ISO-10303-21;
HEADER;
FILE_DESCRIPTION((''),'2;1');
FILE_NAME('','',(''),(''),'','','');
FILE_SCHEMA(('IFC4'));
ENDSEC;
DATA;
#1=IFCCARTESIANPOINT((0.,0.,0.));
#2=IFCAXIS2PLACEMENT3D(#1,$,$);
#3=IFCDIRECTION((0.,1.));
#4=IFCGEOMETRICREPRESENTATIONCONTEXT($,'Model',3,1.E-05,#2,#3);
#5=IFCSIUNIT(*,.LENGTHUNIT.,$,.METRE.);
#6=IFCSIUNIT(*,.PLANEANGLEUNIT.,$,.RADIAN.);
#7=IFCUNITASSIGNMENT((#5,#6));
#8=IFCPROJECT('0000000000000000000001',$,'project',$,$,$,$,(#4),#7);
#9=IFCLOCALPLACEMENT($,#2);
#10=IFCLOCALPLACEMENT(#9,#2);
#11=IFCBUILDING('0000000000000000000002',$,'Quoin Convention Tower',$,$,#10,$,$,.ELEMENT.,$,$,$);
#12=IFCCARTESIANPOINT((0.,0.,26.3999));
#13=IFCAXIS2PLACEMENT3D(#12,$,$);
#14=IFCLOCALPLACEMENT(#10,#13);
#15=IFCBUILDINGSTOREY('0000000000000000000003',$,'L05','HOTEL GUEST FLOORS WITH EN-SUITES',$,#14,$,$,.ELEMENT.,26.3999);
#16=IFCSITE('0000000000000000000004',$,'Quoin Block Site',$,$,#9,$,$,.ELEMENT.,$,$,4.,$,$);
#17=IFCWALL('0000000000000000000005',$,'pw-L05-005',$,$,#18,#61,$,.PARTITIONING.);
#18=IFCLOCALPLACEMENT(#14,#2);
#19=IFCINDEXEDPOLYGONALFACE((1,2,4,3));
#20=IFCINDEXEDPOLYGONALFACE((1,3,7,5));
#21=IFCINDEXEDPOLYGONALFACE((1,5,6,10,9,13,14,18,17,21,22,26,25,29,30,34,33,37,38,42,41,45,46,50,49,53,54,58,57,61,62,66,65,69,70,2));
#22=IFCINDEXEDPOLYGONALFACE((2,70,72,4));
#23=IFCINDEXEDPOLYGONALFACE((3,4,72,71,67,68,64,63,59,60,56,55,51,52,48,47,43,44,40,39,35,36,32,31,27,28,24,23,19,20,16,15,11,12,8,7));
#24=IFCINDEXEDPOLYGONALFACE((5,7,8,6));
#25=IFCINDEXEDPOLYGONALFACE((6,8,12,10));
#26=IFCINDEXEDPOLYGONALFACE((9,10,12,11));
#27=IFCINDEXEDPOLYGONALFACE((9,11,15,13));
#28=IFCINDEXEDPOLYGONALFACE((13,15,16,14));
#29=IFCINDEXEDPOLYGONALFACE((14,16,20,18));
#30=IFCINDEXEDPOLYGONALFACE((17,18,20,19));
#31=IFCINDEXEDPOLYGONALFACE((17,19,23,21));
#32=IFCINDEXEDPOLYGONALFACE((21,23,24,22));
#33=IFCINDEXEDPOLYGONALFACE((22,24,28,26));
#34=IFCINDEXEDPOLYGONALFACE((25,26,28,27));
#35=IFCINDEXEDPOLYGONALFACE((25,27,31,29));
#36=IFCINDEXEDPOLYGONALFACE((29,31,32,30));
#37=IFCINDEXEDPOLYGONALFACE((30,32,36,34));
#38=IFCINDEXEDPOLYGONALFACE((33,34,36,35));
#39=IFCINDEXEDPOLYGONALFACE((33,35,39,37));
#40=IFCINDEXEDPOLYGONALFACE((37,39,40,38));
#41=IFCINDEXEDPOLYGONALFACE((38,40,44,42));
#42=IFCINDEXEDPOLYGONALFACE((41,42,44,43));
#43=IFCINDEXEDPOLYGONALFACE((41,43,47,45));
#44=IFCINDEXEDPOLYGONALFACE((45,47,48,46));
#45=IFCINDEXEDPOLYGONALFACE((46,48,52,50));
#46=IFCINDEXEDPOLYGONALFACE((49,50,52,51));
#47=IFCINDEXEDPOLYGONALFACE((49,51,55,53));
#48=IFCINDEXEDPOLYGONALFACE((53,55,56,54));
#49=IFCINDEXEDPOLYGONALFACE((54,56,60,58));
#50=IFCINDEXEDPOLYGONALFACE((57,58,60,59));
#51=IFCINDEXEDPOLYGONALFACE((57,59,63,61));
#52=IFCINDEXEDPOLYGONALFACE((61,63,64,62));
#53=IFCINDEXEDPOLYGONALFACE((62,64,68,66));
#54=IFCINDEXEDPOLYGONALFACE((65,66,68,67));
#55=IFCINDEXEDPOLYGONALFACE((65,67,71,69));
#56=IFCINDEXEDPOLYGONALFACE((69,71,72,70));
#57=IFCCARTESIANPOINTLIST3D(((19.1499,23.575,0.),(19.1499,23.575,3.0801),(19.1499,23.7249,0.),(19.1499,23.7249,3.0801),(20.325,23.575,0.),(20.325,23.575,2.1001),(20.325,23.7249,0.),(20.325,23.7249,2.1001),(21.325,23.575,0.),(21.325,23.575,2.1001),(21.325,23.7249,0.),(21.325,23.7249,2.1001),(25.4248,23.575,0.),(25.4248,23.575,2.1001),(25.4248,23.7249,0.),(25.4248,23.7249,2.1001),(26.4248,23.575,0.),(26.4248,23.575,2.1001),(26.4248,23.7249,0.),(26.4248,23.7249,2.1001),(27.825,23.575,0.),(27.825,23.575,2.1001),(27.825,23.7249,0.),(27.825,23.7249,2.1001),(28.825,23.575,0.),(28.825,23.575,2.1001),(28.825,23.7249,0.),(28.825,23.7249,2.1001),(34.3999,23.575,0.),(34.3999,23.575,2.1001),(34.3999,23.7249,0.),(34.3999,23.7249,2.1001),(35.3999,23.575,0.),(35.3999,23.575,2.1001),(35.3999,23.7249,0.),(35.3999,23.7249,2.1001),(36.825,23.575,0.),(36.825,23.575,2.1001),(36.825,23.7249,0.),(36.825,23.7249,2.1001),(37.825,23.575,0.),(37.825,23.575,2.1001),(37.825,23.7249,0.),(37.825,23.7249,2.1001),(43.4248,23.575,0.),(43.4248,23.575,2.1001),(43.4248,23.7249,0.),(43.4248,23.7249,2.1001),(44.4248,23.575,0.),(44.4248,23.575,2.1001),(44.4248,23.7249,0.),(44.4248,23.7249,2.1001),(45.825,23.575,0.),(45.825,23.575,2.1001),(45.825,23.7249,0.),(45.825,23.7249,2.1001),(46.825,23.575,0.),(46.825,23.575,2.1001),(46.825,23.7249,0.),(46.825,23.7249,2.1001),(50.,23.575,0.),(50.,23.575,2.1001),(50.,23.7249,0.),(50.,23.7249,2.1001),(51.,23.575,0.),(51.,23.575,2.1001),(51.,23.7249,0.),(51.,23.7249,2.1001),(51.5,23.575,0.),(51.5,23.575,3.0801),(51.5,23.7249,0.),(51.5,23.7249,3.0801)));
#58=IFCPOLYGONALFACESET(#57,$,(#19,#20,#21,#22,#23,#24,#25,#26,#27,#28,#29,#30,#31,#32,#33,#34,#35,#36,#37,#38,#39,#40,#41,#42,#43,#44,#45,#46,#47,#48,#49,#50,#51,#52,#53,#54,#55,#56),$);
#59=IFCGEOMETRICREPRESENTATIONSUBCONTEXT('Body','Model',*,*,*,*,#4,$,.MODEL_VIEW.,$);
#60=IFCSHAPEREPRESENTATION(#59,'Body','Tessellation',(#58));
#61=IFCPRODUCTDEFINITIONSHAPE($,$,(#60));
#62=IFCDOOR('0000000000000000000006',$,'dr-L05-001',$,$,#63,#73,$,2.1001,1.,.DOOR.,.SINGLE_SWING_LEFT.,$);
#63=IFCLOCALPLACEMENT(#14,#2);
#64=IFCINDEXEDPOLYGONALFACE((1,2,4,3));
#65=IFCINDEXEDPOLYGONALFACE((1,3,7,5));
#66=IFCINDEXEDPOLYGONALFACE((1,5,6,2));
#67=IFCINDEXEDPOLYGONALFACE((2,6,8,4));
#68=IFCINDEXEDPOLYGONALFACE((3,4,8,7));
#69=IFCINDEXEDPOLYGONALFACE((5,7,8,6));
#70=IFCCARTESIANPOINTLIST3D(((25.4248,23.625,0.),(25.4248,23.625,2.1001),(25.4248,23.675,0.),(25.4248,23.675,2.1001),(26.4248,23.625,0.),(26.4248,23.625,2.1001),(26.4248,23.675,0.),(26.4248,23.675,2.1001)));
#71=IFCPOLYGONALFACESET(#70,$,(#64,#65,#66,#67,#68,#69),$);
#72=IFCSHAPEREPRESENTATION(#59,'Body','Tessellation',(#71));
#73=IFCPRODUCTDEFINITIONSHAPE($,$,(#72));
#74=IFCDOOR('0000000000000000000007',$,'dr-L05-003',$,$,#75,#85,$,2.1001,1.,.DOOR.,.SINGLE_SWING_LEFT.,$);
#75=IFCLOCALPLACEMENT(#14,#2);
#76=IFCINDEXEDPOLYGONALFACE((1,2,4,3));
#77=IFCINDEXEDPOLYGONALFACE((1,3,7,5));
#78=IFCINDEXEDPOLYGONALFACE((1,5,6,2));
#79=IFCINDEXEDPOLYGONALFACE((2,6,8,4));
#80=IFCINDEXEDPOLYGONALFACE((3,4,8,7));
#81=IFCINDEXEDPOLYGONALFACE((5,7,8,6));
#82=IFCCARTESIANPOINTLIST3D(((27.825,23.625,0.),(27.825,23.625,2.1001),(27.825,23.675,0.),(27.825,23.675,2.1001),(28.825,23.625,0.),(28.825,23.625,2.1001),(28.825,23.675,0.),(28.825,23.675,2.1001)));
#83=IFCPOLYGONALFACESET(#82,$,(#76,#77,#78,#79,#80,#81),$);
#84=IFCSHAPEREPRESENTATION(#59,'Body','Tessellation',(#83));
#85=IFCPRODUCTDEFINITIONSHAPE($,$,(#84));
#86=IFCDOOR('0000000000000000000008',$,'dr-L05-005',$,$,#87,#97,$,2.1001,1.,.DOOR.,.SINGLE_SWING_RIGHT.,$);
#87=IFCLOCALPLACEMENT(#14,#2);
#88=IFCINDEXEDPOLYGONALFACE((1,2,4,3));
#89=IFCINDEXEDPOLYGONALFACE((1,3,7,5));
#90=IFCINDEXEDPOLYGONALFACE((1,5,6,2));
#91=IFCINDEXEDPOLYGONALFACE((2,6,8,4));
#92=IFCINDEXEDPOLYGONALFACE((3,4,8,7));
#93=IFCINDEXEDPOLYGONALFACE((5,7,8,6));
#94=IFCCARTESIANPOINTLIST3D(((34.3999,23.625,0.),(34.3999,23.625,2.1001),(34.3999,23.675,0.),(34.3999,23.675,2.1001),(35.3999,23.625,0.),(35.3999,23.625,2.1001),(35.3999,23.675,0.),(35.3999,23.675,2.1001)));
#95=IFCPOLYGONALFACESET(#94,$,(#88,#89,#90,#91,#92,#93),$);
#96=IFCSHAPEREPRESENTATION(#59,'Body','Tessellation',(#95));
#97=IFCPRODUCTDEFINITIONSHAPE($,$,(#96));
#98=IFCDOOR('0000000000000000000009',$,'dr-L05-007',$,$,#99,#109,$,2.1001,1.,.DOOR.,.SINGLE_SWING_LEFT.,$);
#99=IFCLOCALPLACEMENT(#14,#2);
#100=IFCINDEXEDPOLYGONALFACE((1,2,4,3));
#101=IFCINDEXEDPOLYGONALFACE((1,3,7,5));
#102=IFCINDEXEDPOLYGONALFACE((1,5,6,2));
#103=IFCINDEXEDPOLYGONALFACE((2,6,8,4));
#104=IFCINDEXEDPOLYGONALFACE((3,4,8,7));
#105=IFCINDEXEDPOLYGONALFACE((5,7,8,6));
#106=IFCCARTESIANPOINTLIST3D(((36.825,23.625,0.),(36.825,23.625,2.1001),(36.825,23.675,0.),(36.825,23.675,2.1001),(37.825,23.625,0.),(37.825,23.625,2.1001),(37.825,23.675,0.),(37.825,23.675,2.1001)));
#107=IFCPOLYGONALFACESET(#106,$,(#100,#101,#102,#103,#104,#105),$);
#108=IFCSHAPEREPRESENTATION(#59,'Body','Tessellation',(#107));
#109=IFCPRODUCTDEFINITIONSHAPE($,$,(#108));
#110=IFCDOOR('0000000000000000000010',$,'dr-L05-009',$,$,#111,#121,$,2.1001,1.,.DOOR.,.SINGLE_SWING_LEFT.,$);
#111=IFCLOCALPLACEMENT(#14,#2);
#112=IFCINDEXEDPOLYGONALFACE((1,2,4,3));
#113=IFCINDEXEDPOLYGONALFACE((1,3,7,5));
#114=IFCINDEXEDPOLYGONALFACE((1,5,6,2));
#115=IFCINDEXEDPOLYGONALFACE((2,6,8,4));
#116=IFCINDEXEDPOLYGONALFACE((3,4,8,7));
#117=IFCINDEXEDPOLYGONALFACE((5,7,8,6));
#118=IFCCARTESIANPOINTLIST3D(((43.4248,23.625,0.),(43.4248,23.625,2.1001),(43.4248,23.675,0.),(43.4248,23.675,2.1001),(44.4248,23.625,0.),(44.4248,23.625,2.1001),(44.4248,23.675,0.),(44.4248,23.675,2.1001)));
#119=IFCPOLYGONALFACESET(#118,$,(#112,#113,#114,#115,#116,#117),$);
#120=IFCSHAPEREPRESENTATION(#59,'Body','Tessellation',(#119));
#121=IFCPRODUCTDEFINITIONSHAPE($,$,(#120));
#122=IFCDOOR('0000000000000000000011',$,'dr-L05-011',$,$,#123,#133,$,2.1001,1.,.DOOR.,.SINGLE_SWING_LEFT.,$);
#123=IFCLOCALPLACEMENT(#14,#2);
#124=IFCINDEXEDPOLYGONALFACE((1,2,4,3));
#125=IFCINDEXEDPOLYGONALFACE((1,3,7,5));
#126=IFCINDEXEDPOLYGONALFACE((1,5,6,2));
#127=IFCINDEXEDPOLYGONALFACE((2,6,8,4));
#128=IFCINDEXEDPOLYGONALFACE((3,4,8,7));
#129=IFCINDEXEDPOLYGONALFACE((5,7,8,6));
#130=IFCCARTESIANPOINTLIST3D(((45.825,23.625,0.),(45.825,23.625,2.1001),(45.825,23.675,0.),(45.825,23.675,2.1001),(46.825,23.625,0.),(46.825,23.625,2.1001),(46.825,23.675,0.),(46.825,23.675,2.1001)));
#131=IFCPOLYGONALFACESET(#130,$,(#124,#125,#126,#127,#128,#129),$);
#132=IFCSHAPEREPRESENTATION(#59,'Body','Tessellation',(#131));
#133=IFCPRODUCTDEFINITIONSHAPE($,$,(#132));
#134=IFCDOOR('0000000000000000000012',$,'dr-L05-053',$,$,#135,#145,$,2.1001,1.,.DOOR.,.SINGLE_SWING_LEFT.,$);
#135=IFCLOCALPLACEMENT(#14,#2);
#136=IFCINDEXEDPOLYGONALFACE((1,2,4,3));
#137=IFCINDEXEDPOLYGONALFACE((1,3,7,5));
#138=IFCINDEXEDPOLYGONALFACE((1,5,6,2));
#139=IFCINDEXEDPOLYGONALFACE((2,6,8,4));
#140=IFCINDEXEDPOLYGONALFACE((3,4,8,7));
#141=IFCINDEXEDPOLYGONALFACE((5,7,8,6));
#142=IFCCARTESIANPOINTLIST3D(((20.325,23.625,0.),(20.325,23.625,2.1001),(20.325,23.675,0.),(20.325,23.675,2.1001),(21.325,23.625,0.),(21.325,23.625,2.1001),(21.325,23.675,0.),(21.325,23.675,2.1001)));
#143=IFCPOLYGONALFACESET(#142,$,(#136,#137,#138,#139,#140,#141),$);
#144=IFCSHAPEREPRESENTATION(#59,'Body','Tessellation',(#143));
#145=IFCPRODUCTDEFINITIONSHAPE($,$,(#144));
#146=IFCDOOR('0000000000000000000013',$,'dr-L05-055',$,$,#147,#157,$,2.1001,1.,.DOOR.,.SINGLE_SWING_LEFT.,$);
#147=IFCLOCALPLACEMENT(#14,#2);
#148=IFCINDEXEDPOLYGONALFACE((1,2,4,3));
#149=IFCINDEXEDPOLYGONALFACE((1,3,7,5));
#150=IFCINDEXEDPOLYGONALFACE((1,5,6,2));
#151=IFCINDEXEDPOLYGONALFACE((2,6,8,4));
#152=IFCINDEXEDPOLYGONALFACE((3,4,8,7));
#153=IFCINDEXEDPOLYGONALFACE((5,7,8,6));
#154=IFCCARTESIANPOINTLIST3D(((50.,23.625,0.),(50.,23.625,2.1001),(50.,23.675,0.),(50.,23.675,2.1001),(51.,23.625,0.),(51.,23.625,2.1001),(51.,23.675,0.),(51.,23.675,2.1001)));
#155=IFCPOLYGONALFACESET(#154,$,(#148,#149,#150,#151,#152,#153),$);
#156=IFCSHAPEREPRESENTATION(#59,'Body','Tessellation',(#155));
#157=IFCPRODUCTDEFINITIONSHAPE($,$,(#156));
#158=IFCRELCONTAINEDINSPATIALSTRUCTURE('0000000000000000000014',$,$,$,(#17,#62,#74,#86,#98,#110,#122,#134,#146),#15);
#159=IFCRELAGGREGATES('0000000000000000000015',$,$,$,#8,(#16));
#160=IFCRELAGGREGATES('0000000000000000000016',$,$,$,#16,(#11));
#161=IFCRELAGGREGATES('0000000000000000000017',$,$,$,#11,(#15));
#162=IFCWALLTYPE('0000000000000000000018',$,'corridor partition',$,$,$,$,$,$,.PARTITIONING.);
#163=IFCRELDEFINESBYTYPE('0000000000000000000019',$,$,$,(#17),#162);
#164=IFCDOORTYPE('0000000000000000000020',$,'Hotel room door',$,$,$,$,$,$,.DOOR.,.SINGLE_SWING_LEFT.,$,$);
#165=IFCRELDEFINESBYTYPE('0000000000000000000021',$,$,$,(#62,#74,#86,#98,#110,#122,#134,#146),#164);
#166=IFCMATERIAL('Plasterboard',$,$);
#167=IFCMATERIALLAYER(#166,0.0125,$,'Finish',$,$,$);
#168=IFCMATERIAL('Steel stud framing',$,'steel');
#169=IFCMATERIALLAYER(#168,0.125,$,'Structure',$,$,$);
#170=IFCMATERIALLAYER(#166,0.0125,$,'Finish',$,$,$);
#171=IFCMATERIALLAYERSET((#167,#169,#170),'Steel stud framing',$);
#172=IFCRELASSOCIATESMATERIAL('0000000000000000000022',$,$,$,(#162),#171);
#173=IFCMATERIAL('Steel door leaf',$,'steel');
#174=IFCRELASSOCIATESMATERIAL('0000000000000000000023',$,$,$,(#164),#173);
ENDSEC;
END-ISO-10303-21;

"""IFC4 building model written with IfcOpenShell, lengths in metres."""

from ifc_helpers import new_model, si_unit, direction, frame, frame_2d, origin, place, context, subcontext, project, spatial, rectangle, extrude, material, layer, layer_set, type_object, element, fill, save


model = new_model("IFC4")

# Units and contexts
model_context = context("Model", 3, precision=1e-05, world=origin(), true_north=direction((0.0, 1.0)))
body_context = subcontext(model_context, "Body", "Model", "MODEL_VIEW")
ifc_project = project(units=[si_unit("LENGTHUNIT", "METRE"), si_unit("PLANEANGLEUNIT", "RADIAN")], contexts=[model_context])

# Site, building, storey
site_placement = place(None, origin())
site = spatial("IfcSite", under=ifc_project, at=site_placement, Name="Quoin Block Site", CompositionType="ELEMENT", RefElevation=4.0)
building_placement = place(site_placement, origin())
building = spatial("IfcBuilding", under=site, at=building_placement, Name="Quoin Convention Tower", CompositionType="ELEMENT")
storey_placement = place(building_placement, frame((0.0, 0.0, 26.3999)))
storey = spatial("IfcBuildingStorey", under=building, at=storey_placement, Name="L05", Description="HOTEL GUEST FLOORS WITH EN-SUITES", CompositionType="ELEMENT", Elevation=26.3999)

# Shared definitions
ifc_material_1 = material(Name="Steel door leaf", Category="steel")

# Wall, openings, doors
ifc_material_2 = material(Name="Plasterboard")
ifc_layer_1 = layer(ifc_material_2, 0.0125, Name="Finish")
ifc_material_3 = material(Name="Steel stud framing", Category="steel")
ifc_layer_2 = layer(ifc_material_3, 0.125, Name="Structure")
ifc_layer_3 = layer(ifc_material_2, 0.0125, Name="Finish")
ifc_layer_set_1 = layer_set([ifc_layer_1, ifc_layer_2, ifc_layer_3], Name="Steel stud framing")
wall_type_1 = type_object("IfcWallType", Name="corridor partition", PredefinedType="PARTITIONING", material=ifc_layer_set_1)
wall_1_placement = place(storey_placement, frame((19.1499, 23.6499, 0.0), z_axis=(0.0, 0.0, 1.0), x_axis=(1.0, 0.0, 0.0)))
wall_1 = element("IfcWall", 1, at=wall_1_placement, inside=storey, type_object=wall_type_1, Name="pw-L05-005", PredefinedType="PARTITIONING", context=body_context, shape_type="SweptSolid", body=[
    extrude(rectangle(XDim=32.3501, YDim=0.1499, at=frame_2d((16.175, 0.0))), origin(), (0.0, 0.0, 1.0), 3.0801),
])
opening_1_placement = place(wall_1_placement, frame((6.2749, 0.0, 0.0)))
opening_1 = element("IfcOpeningElement", 2, at=opening_1_placement, cuts=wall_1, PredefinedType="OPENING", context=body_context, shape_type="SweptSolid", body=[
    extrude(rectangle(XDim=1.0, YDim=2.1001, at=frame_2d((0.5, 1.05))), frame((0.0, 0.085, 0.0), z_axis=(0.0, -1.0, 0.0), x_axis=(1.0, 0.0, 0.0)), (0.0, 0.0, 1.0), 0.1699),
])
opening_2_placement = place(wall_1_placement, frame((8.675, 0.0, 0.0)))
opening_2 = element("IfcOpeningElement", 3, at=opening_2_placement, cuts=wall_1, PredefinedType="OPENING", context=body_context, shape_type="SweptSolid", body=[
    extrude(rectangle(XDim=1.0, YDim=2.1001, at=frame_2d((0.5, 1.05))), frame((0.0, 0.085, 0.0), z_axis=(0.0, -1.0, 0.0), x_axis=(1.0, 0.0, 0.0)), (0.0, 0.0, 1.0), 0.1699),
])
opening_3_placement = place(wall_1_placement, frame((15.25, 0.0, 0.0)))
opening_3 = element("IfcOpeningElement", 4, at=opening_3_placement, cuts=wall_1, PredefinedType="OPENING", context=body_context, shape_type="SweptSolid", body=[
    extrude(rectangle(XDim=1.0, YDim=2.1001, at=frame_2d((0.5, 1.05))), frame((0.0, 0.085, 0.0), z_axis=(0.0, -1.0, 0.0), x_axis=(1.0, 0.0, 0.0)), (0.0, 0.0, 1.0), 0.1699),
])
opening_4_placement = place(wall_1_placement, frame((17.675, 0.0, 0.0)))
opening_4 = element("IfcOpeningElement", 5, at=opening_4_placement, cuts=wall_1, PredefinedType="OPENING", context=body_context, shape_type="SweptSolid", body=[
    extrude(rectangle(XDim=1.0, YDim=2.1001, at=frame_2d((0.5, 1.05))), frame((0.0, 0.085, 0.0), z_axis=(0.0, -1.0, 0.0), x_axis=(1.0, 0.0, 0.0)), (0.0, 0.0, 1.0), 0.1699),
])
opening_5_placement = place(wall_1_placement, frame((24.2749, 0.0, 0.0)))
opening_5 = element("IfcOpeningElement", 6, at=opening_5_placement, cuts=wall_1, PredefinedType="OPENING", context=body_context, shape_type="SweptSolid", body=[
    extrude(rectangle(XDim=1.0, YDim=2.1001, at=frame_2d((0.5, 1.05))), frame((0.0, 0.085, 0.0), z_axis=(0.0, -1.0, 0.0), x_axis=(1.0, 0.0, 0.0)), (0.0, 0.0, 1.0), 0.1699),
])
opening_6_placement = place(wall_1_placement, frame((26.675, 0.0, 0.0)))
opening_6 = element("IfcOpeningElement", 7, at=opening_6_placement, cuts=wall_1, PredefinedType="OPENING", context=body_context, shape_type="SweptSolid", body=[
    extrude(rectangle(XDim=1.0, YDim=2.1001, at=frame_2d((0.5, 1.05))), frame((0.0, 0.085, 0.0), z_axis=(0.0, -1.0, 0.0), x_axis=(1.0, 0.0, 0.0)), (0.0, 0.0, 1.0), 0.1699),
])
opening_7_placement = place(wall_1_placement, frame((1.175, 0.0, 0.0)))
opening_7 = element("IfcOpeningElement", 8, at=opening_7_placement, cuts=wall_1, PredefinedType="OPENING", context=body_context, shape_type="SweptSolid", body=[
    extrude(rectangle(XDim=1.0, YDim=2.1001, at=frame_2d((0.5, 1.05))), frame((0.0, 0.085, 0.0), z_axis=(0.0, -1.0, 0.0), x_axis=(1.0, 0.0, 0.0)), (0.0, 0.0, 1.0), 0.1699),
])
opening_8_placement = place(wall_1_placement, frame((30.8501, 0.0, 0.0)))
opening_8 = element("IfcOpeningElement", 9, at=opening_8_placement, cuts=wall_1, PredefinedType="OPENING", context=body_context, shape_type="SweptSolid", body=[
    extrude(rectangle(XDim=1.0, YDim=2.1001, at=frame_2d((0.5, 1.05))), frame((0.0, 0.085, 0.0), z_axis=(0.0, -1.0, 0.0), x_axis=(1.0, 0.0, 0.0)), (0.0, 0.0, 1.0), 0.1699),
])
door_type_1 = type_object("IfcDoorType", Name="Hotel room door", OperationType="SINGLE_SWING_LEFT", PredefinedType="DOOR", material=ifc_material_1)
door_1_placement = place(opening_1_placement, frame((1.0, 0.0, 0.0), z_axis=(0.0, 0.0, 1.0), x_axis=(-1.0, 0.0, 0.0)))
door_1 = element("IfcDoor", 10, at=door_1_placement, inside=storey, type_object=door_type_1, Name="dr-L05-001", OperationType="SINGLE_SWING_LEFT", OverallHeight=2.1001, OverallWidth=1.0, PredefinedType="DOOR", context=body_context, shape_type="SweptSolid", body=[
    extrude(rectangle(XDim=1.0, YDim=2.1001, at=frame_2d((0.5, 1.05))), frame((0.0, 0.0249, 0.0), z_axis=(0.0, -1.0, 0.0), x_axis=(1.0, 0.0, 0.0)), (0.0, 0.0, 1.0), 0.05),
])
fill(opening_1, door_1)
door_2_placement = place(opening_2_placement, frame((1.0, 0.0, 0.0), z_axis=(0.0, 0.0, 1.0), x_axis=(-1.0, 0.0, 0.0)))
door_2 = element("IfcDoor", 11, at=door_2_placement, inside=storey, type_object=door_type_1, Name="dr-L05-003", OperationType="SINGLE_SWING_LEFT", OverallHeight=2.1001, OverallWidth=1.0, PredefinedType="DOOR", context=body_context, shape_type="SweptSolid", body=[
    extrude(rectangle(XDim=1.0, YDim=2.1001, at=frame_2d((0.5, 1.05))), frame((0.0, 0.0249, 0.0), z_axis=(0.0, -1.0, 0.0), x_axis=(1.0, 0.0, 0.0)), (0.0, 0.0, 1.0), 0.05),
])
fill(opening_2, door_2)
door_3_placement = place(opening_3_placement, frame((1.0, 0.0, 0.0), z_axis=(0.0, 0.0, 1.0), x_axis=(-1.0, 0.0, 0.0)))
door_3 = element("IfcDoor", 12, at=door_3_placement, inside=storey, type_object=door_type_1, Name="dr-L05-005", OperationType="SINGLE_SWING_RIGHT", OverallHeight=2.1001, OverallWidth=1.0, PredefinedType="DOOR", context=body_context, shape_type="SweptSolid", body=[
    extrude(rectangle(XDim=1.0, YDim=2.1001, at=frame_2d((0.5, 1.05))), frame((0.0, 0.0249, 0.0), z_axis=(0.0, -1.0, 0.0), x_axis=(1.0, 0.0, 0.0)), (0.0, 0.0, 1.0), 0.05),
])
fill(opening_3, door_3)
door_4_placement = place(opening_4_placement, frame((1.0, 0.0, 0.0), z_axis=(0.0, 0.0, 1.0), x_axis=(-1.0, 0.0, 0.0)))
door_4 = element("IfcDoor", 13, at=door_4_placement, inside=storey, type_object=door_type_1, Name="dr-L05-007", OperationType="SINGLE_SWING_LEFT", OverallHeight=2.1001, OverallWidth=1.0, PredefinedType="DOOR", context=body_context, shape_type="SweptSolid", body=[
    extrude(rectangle(XDim=1.0, YDim=2.1001, at=frame_2d((0.5, 1.05))), frame((0.0, 0.0249, 0.0), z_axis=(0.0, -1.0, 0.0), x_axis=(1.0, 0.0, 0.0)), (0.0, 0.0, 1.0), 0.05),
])
fill(opening_4, door_4)
door_5_placement = place(opening_5_placement, frame((1.0, 0.0, 0.0), z_axis=(0.0, 0.0, 1.0), x_axis=(-1.0, 0.0, 0.0)))
door_5 = element("IfcDoor", 14, at=door_5_placement, inside=storey, type_object=door_type_1, Name="dr-L05-009", OperationType="SINGLE_SWING_LEFT", OverallHeight=2.1001, OverallWidth=1.0, PredefinedType="DOOR", context=body_context, shape_type="SweptSolid", body=[
    extrude(rectangle(XDim=1.0, YDim=2.1001, at=frame_2d((0.5, 1.05))), frame((0.0, 0.0249, 0.0), z_axis=(0.0, -1.0, 0.0), x_axis=(1.0, 0.0, 0.0)), (0.0, 0.0, 1.0), 0.05),
])
fill(opening_5, door_5)
door_6_placement = place(opening_6_placement, frame((1.0, 0.0, 0.0), z_axis=(0.0, 0.0, 1.0), x_axis=(-1.0, 0.0, 0.0)))
door_6 = element("IfcDoor", 15, at=door_6_placement, inside=storey, type_object=door_type_1, Name="dr-L05-011", OperationType="SINGLE_SWING_LEFT", OverallHeight=2.1001, OverallWidth=1.0, PredefinedType="DOOR", context=body_context, shape_type="SweptSolid", body=[
    extrude(rectangle(XDim=1.0, YDim=2.1001, at=frame_2d((0.5, 1.05))), frame((0.0, 0.0249, 0.0), z_axis=(0.0, -1.0, 0.0), x_axis=(1.0, 0.0, 0.0)), (0.0, 0.0, 1.0), 0.05),
])
fill(opening_6, door_6)
door_7_placement = place(opening_7_placement, frame((1.0, 0.0, 0.0), z_axis=(0.0, 0.0, 1.0), x_axis=(-1.0, 0.0, 0.0)))
door_7 = element("IfcDoor", 16, at=door_7_placement, inside=storey, type_object=door_type_1, Name="dr-L05-053", OperationType="SINGLE_SWING_LEFT", OverallHeight=2.1001, OverallWidth=1.0, PredefinedType="DOOR", context=body_context, shape_type="SweptSolid", body=[
    extrude(rectangle(XDim=1.0, YDim=2.1001, at=frame_2d((0.5, 1.05))), frame((0.0, 0.0249, 0.0), z_axis=(0.0, -1.0, 0.0), x_axis=(1.0, 0.0, 0.0)), (0.0, 0.0, 1.0), 0.05),
])
fill(opening_7, door_7)
door_8_placement = place(opening_8_placement, frame((1.0, 0.0, 0.0), z_axis=(0.0, 0.0, 1.0), x_axis=(-1.0, 0.0, 0.0)))
door_8 = element("IfcDoor", 17, at=door_8_placement, inside=storey, type_object=door_type_1, Name="dr-L05-055", OperationType="SINGLE_SWING_LEFT", OverallHeight=2.1001, OverallWidth=1.0, PredefinedType="DOOR", context=body_context, shape_type="SweptSolid", body=[
    extrude(rectangle(XDim=1.0, YDim=2.1001, at=frame_2d((0.5, 1.05))), frame((0.0, 0.0249, 0.0), z_axis=(0.0, -1.0, 0.0), x_axis=(1.0, 0.0, 0.0)), (0.0, 0.0, 1.0), 0.05),
])
fill(opening_8, door_8)

save(model, "model.ifc")
